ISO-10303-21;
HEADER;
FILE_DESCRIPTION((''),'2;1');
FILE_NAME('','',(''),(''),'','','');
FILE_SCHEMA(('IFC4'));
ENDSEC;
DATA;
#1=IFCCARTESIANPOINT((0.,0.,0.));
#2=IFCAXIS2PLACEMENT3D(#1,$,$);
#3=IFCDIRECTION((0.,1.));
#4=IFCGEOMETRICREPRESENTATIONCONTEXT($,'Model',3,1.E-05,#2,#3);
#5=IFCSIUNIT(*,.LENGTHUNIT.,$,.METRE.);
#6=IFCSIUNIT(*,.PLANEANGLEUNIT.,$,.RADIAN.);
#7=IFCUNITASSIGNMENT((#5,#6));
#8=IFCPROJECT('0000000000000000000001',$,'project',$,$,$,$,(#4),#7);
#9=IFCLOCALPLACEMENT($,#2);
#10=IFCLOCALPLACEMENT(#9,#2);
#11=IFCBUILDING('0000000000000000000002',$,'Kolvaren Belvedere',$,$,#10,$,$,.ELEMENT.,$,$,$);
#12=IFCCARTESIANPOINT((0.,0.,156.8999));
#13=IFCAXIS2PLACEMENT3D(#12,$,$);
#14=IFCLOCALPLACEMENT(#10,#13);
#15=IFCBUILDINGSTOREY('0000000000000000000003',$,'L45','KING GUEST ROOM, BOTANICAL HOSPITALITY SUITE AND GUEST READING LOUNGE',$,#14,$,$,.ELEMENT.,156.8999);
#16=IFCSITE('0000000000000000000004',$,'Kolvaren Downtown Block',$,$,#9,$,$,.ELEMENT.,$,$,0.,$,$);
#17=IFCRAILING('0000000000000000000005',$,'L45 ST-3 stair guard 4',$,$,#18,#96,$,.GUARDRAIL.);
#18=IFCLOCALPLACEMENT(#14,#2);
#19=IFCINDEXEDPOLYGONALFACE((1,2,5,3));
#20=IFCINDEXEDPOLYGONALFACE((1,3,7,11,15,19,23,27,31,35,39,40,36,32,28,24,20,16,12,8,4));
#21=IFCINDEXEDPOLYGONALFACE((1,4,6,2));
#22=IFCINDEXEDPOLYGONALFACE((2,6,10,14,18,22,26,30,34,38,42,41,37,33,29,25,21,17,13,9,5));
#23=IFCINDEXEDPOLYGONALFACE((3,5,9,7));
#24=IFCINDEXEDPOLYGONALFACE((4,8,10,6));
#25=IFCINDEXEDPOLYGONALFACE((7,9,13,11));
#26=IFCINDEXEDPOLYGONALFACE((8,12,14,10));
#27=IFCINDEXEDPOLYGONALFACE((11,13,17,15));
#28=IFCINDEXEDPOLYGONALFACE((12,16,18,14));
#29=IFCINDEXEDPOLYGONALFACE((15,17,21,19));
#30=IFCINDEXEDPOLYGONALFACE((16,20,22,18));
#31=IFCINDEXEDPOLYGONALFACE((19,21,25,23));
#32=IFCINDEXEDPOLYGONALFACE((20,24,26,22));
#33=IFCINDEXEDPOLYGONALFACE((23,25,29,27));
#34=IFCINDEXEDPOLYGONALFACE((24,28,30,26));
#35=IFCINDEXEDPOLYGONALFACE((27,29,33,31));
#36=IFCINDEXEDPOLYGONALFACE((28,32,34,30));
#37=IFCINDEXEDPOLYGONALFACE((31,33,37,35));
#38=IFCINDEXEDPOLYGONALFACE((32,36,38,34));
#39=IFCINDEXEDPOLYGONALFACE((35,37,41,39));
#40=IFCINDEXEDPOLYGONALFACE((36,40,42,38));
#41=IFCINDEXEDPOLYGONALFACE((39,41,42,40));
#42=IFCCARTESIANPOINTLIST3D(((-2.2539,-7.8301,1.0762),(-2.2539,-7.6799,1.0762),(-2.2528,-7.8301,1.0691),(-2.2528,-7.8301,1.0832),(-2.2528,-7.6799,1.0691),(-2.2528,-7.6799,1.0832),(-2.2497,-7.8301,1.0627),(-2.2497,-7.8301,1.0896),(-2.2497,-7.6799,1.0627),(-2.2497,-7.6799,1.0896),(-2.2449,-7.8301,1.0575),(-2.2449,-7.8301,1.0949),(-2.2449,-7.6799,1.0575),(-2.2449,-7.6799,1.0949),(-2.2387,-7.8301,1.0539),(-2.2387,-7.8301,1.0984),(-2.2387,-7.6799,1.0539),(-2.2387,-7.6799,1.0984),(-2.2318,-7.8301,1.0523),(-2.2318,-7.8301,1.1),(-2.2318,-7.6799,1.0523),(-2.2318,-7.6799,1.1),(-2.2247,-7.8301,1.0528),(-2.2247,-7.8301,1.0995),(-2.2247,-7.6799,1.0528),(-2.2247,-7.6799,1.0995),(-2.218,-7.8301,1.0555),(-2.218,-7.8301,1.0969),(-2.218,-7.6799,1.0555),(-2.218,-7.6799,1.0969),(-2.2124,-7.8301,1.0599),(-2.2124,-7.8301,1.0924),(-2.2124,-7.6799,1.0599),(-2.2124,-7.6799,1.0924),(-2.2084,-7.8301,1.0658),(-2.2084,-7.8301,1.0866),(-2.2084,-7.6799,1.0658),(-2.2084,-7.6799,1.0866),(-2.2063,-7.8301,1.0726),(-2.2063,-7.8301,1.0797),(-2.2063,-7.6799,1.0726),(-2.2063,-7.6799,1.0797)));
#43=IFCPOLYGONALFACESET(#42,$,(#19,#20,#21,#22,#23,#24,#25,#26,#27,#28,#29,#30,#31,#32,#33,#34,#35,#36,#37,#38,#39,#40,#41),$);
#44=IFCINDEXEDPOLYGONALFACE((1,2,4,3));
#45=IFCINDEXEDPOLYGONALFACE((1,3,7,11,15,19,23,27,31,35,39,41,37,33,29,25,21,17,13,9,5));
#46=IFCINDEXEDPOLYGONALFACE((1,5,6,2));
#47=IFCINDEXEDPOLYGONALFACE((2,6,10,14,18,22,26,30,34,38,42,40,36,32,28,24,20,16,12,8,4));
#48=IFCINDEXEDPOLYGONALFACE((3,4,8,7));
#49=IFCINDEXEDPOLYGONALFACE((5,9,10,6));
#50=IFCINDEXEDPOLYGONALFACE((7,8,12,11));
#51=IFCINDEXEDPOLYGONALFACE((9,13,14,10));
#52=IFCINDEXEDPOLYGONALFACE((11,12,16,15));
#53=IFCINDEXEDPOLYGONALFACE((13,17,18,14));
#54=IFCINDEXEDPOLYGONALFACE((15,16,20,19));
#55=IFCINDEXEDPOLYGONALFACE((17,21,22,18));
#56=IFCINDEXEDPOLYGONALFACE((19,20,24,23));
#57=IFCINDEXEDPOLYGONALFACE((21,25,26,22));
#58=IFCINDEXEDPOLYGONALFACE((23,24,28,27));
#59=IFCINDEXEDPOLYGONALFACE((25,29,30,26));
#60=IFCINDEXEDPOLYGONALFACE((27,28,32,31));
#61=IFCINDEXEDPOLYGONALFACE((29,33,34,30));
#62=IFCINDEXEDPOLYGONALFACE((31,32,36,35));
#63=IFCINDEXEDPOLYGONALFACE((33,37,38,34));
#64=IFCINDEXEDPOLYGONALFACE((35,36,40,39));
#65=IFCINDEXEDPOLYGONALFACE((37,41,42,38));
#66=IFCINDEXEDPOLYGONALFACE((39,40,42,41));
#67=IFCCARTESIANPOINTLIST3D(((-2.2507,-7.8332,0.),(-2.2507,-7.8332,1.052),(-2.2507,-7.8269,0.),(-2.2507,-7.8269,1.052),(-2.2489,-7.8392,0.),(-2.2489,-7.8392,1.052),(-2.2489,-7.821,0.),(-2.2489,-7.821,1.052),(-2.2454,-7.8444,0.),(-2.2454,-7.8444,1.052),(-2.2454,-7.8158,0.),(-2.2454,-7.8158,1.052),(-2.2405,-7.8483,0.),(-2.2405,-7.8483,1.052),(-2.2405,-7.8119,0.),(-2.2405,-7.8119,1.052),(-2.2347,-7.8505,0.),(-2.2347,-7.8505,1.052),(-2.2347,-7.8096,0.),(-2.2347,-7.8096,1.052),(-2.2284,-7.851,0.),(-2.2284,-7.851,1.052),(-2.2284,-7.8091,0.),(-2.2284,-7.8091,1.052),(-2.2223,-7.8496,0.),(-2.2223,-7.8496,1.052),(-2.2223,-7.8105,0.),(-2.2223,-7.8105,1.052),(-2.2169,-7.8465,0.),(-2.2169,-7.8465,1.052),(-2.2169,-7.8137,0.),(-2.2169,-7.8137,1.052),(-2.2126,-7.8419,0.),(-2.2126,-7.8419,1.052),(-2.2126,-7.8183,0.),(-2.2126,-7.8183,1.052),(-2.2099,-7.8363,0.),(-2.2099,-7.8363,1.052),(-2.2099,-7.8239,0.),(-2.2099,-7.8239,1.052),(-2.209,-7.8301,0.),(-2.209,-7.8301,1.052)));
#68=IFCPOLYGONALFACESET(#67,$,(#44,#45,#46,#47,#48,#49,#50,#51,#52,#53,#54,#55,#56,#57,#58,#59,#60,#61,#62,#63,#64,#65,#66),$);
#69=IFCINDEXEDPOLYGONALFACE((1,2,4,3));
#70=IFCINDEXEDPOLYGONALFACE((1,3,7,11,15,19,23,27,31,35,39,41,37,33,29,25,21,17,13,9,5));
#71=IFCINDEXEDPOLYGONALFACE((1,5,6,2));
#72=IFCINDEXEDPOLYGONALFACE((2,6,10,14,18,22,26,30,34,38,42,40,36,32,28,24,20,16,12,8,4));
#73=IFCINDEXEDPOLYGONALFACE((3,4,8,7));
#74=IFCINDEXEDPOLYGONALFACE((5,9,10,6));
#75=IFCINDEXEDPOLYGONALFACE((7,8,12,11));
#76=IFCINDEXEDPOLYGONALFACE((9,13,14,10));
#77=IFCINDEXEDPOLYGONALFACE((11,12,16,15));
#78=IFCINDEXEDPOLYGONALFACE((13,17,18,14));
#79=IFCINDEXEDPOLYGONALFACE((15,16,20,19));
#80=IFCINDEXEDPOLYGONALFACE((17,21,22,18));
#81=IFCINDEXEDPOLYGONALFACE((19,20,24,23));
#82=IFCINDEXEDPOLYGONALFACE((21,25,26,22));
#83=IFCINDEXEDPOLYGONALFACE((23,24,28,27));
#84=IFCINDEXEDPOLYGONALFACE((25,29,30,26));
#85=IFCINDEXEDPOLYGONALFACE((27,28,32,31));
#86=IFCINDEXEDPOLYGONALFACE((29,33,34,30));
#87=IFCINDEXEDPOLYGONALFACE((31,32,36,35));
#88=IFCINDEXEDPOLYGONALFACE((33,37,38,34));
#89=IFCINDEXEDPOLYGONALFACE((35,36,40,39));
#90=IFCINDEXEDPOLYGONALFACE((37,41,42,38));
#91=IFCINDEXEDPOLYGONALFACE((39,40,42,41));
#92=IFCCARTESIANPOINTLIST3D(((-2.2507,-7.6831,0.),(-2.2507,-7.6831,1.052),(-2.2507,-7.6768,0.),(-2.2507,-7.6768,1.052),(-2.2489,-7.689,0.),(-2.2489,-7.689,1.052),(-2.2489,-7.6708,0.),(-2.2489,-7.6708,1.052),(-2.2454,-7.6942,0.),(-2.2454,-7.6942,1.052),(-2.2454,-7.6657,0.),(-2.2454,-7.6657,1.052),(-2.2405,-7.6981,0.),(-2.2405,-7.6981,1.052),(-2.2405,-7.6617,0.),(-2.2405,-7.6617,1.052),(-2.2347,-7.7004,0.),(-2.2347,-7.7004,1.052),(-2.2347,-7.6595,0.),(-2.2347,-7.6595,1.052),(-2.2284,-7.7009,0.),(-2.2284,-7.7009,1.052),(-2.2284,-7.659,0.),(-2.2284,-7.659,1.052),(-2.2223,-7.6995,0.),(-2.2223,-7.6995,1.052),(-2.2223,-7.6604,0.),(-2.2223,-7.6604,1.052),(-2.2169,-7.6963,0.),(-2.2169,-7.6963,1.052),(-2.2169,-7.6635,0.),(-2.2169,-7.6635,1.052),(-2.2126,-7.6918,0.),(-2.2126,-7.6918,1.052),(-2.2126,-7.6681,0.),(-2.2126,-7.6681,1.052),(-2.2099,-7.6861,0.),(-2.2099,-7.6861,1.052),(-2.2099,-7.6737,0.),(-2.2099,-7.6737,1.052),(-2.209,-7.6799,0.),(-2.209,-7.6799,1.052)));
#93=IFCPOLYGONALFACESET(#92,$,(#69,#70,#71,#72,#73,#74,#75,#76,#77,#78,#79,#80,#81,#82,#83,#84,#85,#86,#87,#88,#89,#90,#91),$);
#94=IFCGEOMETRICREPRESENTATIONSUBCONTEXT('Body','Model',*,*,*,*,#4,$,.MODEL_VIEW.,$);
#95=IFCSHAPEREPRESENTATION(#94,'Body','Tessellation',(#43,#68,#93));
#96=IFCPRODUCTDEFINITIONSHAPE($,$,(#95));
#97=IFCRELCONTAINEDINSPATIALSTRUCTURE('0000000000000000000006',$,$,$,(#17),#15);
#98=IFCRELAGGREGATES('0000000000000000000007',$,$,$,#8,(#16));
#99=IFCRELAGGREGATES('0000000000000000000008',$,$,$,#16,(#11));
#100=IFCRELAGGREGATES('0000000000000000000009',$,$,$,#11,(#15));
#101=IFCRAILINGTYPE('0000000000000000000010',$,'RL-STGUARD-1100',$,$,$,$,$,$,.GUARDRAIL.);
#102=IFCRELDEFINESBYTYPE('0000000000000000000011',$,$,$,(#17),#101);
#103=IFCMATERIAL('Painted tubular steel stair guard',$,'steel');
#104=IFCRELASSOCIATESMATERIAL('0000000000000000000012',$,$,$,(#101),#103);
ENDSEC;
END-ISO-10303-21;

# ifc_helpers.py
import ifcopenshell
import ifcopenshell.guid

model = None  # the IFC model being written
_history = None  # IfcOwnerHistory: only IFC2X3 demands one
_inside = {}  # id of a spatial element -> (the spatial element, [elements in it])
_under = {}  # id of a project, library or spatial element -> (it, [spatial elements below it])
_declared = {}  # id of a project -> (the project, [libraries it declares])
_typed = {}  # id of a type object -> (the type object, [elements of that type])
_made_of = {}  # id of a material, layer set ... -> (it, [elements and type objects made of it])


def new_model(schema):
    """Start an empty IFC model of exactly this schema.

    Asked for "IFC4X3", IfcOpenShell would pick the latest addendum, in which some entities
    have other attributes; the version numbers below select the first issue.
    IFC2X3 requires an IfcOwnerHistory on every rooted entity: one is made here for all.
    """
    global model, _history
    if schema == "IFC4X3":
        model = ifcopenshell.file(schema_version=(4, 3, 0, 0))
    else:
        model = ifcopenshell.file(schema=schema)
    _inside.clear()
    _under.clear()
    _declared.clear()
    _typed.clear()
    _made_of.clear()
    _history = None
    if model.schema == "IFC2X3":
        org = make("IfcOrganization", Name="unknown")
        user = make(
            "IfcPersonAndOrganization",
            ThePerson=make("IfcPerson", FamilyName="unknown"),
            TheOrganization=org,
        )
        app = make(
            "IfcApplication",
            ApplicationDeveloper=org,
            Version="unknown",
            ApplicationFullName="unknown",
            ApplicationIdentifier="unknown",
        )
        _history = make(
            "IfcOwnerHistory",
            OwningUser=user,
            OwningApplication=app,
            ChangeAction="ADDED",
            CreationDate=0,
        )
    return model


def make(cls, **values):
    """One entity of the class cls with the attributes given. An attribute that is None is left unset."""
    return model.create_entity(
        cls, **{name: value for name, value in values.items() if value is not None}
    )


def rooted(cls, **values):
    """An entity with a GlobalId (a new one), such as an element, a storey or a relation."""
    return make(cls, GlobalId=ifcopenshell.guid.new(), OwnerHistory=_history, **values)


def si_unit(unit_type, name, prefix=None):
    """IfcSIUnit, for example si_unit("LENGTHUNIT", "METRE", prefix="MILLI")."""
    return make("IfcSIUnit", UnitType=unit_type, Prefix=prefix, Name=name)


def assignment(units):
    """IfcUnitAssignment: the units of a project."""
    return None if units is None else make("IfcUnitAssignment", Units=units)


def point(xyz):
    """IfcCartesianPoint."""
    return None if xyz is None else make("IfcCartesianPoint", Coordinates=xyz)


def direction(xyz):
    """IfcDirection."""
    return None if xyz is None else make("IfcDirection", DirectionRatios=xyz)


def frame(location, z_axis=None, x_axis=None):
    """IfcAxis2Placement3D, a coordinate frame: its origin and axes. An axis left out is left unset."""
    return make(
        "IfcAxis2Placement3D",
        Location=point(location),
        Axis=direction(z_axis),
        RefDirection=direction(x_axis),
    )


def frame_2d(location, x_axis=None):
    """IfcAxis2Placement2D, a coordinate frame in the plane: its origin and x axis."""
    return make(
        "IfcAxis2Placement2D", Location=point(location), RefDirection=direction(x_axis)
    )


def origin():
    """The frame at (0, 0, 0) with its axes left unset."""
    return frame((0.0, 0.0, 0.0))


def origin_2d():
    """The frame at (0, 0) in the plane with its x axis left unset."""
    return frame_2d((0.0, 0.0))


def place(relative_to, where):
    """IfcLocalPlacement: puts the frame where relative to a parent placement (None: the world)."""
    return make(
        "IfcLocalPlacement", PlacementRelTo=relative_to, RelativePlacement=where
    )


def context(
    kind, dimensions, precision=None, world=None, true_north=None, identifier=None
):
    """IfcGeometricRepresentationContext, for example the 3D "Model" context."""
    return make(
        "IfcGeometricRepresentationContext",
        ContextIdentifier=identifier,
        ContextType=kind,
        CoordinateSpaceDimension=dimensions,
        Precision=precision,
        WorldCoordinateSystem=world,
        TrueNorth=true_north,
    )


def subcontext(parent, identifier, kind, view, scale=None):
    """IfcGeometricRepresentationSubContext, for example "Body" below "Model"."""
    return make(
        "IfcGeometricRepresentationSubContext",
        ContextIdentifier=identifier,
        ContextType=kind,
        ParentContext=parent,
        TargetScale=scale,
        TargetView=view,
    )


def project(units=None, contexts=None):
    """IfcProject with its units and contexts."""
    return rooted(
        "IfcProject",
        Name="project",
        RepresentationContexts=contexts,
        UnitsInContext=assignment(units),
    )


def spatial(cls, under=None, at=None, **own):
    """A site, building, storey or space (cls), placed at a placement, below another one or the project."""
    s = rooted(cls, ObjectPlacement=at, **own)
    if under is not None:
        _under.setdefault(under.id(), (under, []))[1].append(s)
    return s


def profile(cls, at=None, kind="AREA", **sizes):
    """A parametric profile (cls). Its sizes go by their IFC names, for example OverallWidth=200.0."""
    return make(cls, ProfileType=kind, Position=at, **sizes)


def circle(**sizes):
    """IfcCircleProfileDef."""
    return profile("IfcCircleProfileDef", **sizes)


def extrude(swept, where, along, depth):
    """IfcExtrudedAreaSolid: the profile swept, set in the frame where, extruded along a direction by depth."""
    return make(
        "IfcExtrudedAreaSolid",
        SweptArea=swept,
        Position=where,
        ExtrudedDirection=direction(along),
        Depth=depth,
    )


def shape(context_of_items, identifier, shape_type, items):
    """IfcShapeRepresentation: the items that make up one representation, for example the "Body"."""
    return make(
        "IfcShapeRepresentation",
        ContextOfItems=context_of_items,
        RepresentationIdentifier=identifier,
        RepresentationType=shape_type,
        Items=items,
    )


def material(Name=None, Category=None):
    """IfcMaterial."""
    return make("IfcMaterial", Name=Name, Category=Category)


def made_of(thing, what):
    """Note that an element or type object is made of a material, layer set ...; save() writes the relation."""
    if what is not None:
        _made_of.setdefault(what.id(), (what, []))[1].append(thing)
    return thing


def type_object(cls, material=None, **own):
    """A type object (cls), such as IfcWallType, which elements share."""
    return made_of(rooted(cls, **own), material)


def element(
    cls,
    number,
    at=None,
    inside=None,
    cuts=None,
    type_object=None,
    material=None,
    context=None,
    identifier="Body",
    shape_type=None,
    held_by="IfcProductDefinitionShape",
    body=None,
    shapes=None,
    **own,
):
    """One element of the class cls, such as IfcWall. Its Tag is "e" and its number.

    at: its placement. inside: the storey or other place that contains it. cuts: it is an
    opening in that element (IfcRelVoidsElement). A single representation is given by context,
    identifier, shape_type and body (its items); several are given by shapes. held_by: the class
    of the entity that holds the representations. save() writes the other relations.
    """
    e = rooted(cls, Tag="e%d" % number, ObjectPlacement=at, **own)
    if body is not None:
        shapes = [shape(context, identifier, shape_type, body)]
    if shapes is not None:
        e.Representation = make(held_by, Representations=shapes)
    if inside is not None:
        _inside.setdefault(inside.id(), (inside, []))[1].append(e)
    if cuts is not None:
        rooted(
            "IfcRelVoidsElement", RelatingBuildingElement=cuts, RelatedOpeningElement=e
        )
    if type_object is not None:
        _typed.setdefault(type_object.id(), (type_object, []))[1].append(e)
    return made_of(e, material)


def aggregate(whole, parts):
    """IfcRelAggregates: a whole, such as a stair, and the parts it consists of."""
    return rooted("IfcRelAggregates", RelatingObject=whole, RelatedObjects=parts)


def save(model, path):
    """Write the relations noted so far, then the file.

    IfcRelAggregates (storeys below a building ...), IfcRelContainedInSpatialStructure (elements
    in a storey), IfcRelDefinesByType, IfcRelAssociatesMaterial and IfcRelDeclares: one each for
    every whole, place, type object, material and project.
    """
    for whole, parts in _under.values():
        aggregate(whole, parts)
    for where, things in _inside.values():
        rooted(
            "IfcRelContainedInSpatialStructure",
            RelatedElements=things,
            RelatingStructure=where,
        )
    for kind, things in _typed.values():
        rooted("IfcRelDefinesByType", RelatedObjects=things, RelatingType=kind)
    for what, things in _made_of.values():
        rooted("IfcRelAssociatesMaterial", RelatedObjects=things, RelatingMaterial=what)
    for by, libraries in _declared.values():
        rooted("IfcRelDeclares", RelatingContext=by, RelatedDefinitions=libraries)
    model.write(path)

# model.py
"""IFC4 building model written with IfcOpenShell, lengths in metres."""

from ifc_helpers import new_model, si_unit, direction, frame, origin, origin_2d, place, context, subcontext, project, spatial, circle, extrude, material, type_object, element, save


model = new_model("IFC4")

# Units and contexts
model_context = context("Model", 3, precision=1e-05, world=origin(), true_north=direction((0.0, 1.0)))
body_context = subcontext(model_context, "Body", "Model", "MODEL_VIEW")
ifc_project = project(units=[si_unit("LENGTHUNIT", "METRE"), si_unit("PLANEANGLEUNIT", "RADIAN")], contexts=[model_context])

# Site, building, storey
site_placement = place(None, origin())
site = spatial("IfcSite", under=ifc_project, at=site_placement, Name="Kolvaren Downtown Block", CompositionType="ELEMENT", RefElevation=0.0)
building_placement = place(site_placement, origin())
building = spatial("IfcBuilding", under=site, at=building_placement, Name="Kolvaren Belvedere", CompositionType="ELEMENT")
storey_placement = place(building_placement, frame((0.0, 0.0, 156.8999)))
storey = spatial("IfcBuildingStorey", under=building, at=storey_placement, Name="L45", Description="KING GUEST ROOM, BOTANICAL HOSPITALITY SUITE AND GUEST READING LOUNGE", CompositionType="ELEMENT", Elevation=156.8999)

# Railing
ifc_material_1 = material(Name="Painted tubular steel stair guard", Category="steel")
railing_type_1 = type_object("IfcRailingType", Name="RL-STGUARD-1100", PredefinedType="GUARDRAIL", material=ifc_material_1)
railing_1_placement = place(storey_placement, frame((-2.23, -7.8301, 0.0)))
element("IfcRailing", 1, at=railing_1_placement, inside=storey, type_object=railing_type_1, Name="L45 ST-3 stair guard 4", PredefinedType="GUARDRAIL", context=body_context, shape_type="SweptSolid", body=[
    extrude(circle(Radius=0.0239, at=origin_2d()), frame((0.0, 0.0, 1.0762), z_axis=(0.0, 1.0, 0.0), x_axis=(-1.0, 0.0, 0.0)), (0.0, 0.0, 1.0), 0.1501),
    extrude(circle(Radius=0.021, at=origin_2d()), origin(), (0.0, 0.0, 1.0), 1.052),
    extrude(circle(Radius=0.021, at=origin_2d()), frame((0.0, 0.1501, 0.0)), (0.0, 0.0, 1.0), 1.052),
])

save(model, "model.ifc")
